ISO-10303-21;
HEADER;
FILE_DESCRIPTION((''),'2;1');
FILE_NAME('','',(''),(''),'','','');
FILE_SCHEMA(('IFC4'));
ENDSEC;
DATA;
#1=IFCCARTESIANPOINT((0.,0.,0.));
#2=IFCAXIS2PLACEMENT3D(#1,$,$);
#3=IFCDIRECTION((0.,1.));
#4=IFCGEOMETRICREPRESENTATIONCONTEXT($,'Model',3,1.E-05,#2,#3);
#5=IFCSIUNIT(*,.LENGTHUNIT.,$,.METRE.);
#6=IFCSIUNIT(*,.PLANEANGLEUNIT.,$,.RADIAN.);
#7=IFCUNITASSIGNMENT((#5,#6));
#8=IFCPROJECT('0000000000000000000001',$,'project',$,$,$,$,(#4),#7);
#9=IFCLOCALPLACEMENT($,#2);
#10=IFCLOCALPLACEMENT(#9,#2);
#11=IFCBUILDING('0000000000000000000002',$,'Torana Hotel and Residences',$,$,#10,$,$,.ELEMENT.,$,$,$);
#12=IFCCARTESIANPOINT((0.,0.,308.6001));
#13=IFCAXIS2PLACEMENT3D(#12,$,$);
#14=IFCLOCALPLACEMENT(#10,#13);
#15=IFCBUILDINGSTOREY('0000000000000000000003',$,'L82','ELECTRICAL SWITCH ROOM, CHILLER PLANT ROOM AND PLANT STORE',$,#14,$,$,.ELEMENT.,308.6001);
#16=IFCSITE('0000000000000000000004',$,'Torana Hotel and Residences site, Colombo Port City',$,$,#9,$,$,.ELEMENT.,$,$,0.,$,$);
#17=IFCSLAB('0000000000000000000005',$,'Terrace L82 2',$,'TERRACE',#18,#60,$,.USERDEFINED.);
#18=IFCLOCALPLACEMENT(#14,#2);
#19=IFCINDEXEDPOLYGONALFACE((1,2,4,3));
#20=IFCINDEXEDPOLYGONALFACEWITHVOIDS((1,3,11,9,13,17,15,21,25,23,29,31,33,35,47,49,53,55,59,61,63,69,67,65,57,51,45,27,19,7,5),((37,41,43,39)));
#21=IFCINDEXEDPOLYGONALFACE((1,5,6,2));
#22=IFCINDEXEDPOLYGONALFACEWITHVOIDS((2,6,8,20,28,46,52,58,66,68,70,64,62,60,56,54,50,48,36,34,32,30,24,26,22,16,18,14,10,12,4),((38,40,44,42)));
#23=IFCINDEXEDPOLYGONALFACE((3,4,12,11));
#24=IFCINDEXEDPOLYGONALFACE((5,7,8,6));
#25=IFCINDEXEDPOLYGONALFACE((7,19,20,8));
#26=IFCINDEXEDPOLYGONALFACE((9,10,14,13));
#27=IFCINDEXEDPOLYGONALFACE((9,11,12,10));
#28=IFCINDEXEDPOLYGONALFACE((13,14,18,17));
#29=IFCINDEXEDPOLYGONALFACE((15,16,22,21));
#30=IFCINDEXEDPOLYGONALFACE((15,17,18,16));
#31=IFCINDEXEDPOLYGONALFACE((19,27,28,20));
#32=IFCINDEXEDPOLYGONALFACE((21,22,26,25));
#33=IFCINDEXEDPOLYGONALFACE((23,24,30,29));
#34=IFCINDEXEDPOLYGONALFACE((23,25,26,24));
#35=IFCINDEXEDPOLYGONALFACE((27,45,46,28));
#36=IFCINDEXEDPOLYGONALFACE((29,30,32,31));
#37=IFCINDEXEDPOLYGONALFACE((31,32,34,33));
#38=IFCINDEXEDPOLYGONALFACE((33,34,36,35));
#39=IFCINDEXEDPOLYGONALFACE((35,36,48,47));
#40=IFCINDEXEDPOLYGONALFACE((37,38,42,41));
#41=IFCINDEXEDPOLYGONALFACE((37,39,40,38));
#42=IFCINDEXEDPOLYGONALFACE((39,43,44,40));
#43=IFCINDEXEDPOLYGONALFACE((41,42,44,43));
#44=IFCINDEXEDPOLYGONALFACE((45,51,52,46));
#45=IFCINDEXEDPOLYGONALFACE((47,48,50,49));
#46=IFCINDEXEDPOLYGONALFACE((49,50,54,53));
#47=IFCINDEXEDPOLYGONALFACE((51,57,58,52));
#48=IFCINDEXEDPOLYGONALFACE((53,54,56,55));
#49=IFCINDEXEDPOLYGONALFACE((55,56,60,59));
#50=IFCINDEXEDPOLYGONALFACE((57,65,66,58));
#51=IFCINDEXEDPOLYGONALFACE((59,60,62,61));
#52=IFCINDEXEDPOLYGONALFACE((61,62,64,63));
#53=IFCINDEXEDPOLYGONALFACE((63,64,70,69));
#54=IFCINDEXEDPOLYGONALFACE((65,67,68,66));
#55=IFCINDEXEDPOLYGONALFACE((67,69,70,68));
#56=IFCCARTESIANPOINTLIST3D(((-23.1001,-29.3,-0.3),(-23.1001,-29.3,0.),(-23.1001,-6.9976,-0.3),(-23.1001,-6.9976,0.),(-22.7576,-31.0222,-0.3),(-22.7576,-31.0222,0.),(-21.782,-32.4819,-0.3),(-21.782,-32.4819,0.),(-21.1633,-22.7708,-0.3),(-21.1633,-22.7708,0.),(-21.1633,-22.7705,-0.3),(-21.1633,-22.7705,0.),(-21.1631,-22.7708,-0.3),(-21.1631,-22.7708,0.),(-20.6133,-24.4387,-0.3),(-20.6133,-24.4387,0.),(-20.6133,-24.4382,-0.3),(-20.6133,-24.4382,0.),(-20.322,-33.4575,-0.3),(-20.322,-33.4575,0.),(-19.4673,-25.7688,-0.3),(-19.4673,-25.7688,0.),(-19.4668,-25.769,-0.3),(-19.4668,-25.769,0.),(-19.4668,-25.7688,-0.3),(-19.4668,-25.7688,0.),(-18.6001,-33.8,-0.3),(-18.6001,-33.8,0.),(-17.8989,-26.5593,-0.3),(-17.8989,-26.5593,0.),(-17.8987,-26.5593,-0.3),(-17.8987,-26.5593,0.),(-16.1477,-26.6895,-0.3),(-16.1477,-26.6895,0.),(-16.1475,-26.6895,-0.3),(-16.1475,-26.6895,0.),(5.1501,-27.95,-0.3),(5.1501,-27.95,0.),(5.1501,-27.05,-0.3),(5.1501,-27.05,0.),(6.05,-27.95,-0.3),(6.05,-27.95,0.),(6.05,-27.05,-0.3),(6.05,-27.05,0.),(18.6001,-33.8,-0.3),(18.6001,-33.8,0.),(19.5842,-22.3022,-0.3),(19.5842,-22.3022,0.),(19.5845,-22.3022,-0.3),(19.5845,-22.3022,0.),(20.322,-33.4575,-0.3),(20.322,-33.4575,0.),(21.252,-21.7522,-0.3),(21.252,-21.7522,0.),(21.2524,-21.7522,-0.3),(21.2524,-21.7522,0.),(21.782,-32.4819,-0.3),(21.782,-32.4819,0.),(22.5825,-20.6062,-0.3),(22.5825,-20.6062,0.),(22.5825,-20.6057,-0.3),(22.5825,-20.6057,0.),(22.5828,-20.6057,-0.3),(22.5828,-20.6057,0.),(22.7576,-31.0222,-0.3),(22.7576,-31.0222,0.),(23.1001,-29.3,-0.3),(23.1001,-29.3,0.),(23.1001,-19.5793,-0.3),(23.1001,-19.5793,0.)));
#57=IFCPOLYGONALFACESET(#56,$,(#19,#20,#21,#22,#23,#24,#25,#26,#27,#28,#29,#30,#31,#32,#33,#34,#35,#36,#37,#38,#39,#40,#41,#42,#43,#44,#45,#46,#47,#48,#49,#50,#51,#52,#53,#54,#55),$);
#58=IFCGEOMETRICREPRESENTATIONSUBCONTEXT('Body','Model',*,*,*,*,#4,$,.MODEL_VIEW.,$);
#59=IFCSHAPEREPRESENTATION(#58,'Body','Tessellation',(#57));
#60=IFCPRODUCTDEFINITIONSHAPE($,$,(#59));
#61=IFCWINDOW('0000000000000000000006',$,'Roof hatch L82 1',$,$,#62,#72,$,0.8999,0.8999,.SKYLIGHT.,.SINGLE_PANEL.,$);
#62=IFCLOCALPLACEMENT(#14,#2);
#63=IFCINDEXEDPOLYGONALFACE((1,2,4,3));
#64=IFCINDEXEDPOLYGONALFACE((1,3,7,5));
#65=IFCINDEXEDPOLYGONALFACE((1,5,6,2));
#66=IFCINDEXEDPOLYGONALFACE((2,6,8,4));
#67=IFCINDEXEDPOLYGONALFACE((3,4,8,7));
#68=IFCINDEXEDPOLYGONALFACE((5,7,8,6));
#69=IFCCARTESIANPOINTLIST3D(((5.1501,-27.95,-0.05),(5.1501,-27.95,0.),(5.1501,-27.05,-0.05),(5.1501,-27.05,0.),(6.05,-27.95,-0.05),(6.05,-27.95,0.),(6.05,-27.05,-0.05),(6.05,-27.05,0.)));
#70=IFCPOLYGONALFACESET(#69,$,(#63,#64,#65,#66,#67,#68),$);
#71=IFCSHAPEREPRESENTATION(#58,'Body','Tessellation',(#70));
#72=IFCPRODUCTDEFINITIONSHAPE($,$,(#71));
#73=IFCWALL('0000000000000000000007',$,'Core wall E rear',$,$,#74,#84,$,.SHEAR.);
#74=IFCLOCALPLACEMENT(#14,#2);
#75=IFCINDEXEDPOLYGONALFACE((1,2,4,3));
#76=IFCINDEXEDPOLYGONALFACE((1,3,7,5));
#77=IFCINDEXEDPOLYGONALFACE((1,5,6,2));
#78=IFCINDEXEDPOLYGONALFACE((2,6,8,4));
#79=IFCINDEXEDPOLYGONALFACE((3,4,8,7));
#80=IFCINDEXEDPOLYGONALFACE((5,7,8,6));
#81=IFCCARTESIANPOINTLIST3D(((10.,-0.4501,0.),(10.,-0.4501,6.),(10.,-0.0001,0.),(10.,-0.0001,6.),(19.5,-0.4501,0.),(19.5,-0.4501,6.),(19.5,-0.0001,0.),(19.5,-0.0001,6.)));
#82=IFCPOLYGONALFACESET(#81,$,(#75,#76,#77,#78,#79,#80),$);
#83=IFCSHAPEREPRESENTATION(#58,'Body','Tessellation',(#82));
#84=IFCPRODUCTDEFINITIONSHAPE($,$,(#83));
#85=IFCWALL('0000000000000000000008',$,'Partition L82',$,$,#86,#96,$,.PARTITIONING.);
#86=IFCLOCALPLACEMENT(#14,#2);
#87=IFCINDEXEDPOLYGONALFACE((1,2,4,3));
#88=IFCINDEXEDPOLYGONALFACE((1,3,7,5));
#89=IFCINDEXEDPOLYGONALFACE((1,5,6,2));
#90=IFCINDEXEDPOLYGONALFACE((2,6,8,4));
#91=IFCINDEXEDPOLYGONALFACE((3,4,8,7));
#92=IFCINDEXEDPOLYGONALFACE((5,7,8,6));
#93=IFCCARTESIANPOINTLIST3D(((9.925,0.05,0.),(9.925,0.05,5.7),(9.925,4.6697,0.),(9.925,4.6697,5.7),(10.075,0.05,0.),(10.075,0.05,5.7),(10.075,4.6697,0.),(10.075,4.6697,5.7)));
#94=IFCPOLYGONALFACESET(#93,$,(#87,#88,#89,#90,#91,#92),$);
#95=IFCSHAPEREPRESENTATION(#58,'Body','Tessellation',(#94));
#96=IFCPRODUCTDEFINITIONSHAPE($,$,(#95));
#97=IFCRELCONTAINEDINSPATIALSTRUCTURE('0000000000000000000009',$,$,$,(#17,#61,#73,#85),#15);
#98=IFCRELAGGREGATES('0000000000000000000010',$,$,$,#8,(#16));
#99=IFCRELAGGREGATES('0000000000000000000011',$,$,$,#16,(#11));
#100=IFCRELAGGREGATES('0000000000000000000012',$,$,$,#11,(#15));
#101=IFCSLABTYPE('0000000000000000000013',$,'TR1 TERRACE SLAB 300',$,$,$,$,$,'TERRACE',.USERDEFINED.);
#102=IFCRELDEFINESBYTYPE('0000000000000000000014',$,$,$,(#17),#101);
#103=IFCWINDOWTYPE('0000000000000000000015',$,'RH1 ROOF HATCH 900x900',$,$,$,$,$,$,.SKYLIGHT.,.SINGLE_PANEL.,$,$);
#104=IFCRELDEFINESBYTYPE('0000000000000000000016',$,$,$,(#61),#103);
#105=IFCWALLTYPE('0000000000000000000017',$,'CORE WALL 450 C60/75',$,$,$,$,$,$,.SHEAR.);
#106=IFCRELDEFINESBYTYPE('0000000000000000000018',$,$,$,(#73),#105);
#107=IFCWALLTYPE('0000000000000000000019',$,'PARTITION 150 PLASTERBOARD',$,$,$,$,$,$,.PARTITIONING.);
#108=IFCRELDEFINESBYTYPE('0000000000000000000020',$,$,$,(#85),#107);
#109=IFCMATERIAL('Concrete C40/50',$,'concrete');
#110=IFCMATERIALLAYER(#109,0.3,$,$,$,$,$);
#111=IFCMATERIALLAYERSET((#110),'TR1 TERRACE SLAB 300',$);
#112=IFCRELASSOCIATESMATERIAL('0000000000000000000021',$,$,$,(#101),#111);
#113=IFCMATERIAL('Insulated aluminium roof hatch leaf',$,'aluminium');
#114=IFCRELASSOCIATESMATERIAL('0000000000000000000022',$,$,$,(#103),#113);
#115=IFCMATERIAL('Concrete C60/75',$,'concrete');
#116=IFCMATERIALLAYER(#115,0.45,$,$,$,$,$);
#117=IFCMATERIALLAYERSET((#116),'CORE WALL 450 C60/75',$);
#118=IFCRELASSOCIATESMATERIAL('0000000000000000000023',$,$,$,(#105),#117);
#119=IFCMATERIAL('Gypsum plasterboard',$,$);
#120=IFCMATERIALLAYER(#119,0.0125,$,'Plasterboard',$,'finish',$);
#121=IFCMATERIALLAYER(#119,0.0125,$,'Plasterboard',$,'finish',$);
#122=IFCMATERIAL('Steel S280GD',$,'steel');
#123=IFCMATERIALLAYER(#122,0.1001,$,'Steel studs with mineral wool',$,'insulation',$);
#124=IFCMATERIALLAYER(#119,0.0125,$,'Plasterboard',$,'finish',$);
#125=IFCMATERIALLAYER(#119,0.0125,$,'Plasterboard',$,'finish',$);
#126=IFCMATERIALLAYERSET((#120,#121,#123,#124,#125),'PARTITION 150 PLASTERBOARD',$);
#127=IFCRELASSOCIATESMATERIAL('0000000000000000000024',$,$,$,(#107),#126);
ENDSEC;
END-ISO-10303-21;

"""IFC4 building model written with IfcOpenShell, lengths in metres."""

from ifc_helpers import new_model, si_unit, direction, frame, frame_2d, origin, origin_2d, place, context, subcontext, project, spatial, polyline, rectangle, outline, extrude, material, layer, layer_set, type_object, element, fill, save


model = new_model("IFC4")

# Units and contexts
model_context = context("Model", 3, precision=1e-05, world=origin(), true_north=direction((0.0, 1.0)))
body_context = subcontext(model_context, "Body", "Model", "MODEL_VIEW")
ifc_project = project(units=[si_unit("LENGTHUNIT", "METRE"), si_unit("PLANEANGLEUNIT", "RADIAN")], contexts=[model_context])

# Site, building, storey
site_placement = place(None, origin())
site = spatial("IfcSite", under=ifc_project, at=site_placement, Name="Torana Hotel and Residences site, Colombo Port City", CompositionType="ELEMENT", RefElevation=0.0)
building_placement = place(site_placement, origin())
building = spatial("IfcBuilding", under=site, at=building_placement, Name="Torana Hotel and Residences", CompositionType="ELEMENT")
storey_placement = place(building_placement, frame((0.0, 0.0, 308.6001)))
storey = spatial("IfcBuildingStorey", under=building, at=storey_placement, Name="L82", Description="ELECTRICAL SWITCH ROOM, CHILLER PLANT ROOM AND PLANT STORE", CompositionType="ELEMENT", Elevation=308.6001)

# Shared definitions
ifc_material_1 = material(Name="Concrete C40/50", Category="concrete")
ifc_layer_1 = layer(ifc_material_1, 0.3)
ifc_layer_set_1 = layer_set([ifc_layer_1], Name="TR1 TERRACE SLAB 300")
slab_type_1 = type_object("IfcSlabType", Name="TR1 TERRACE SLAB 300", ElementType="TERRACE", PredefinedType="USERDEFINED", material=ifc_layer_set_1)

# Slab, opening, window
slab_1_placement = place(storey_placement, frame((0.0, 0.0, -0.3)))
slab_1 = element("IfcSlab", 1, at=slab_1_placement, inside=storey, type_object=slab_type_1, Name="Terrace L82 2", ObjectType="TERRACE", PredefinedType="USERDEFINED", context=body_context, shape_type="SweptSolid", body=[
    extrude(outline(polyline([(23.1001, -29.3), (22.7576, -31.0222), (21.782, -32.4819), (20.322, -33.4575), (18.6001, -33.8), (-18.6001, -33.8), (-20.322, -33.4575), (-21.782, -32.4819), (-22.7576, -31.0222), (-23.1001, -29.3), (-23.1001, -6.9976), (-21.1633, -22.7705), (-21.1633, -22.7708), (-21.1631, -22.7708), (-20.6133, -24.4382), (-20.6133, -24.4385), (-20.6133, -24.4385), (-20.6133, -24.4387), (-20.6133, -24.4387), (-19.4673, -25.7688), (-19.467, -25.7688), (-19.467, -25.7688), (-19.4668, -25.7688), (-19.4668, -25.769), (-17.8989, -26.5593), (-17.8989, -26.5593), (-17.8987, -26.5593), (-17.8987, -26.5593), (-17.8987, -26.5593), (-16.1477, -26.6895), (-16.1475, -26.6895), (-16.1475, -26.6895), (19.5842, -22.3022), (19.5845, -22.3022), (19.5845, -22.3022), (21.252, -21.7522), (21.2522, -21.7522), (21.2522, -21.7522), (21.2522, -21.7522), (21.2524, -21.7522), (22.5825, -20.6062), (22.5825, -20.606), (22.5825, -20.606), (22.5825, -20.6057), (22.5828, -20.6057), (23.1001, -19.5793), (23.1001, -29.3)])), origin(), (0.0, 0.0, 1.0), 0.3),
])
opening_placement = place(slab_1_placement, frame((5.6001, -27.5, 0.0)))
opening = element("IfcOpeningElement", 2, at=opening_placement, cuts=slab_1, PredefinedType="OPENING", context=body_context, shape_type="SweptSolid", body=[
    extrude(rectangle(XDim=0.8999, YDim=0.8999, at=origin_2d()), origin(), (0.0, 0.0, 1.0), 0.3),
])
ifc_material_2 = material(Name="Insulated aluminium roof hatch leaf", Category="aluminium")
window_type = type_object("IfcWindowType", Name="RH1 ROOF HATCH 900x900", PartitioningType="SINGLE_PANEL", PredefinedType="SKYLIGHT", material=ifc_material_2)
window_placement = place(opening_placement, frame((0.0, 0.0, 0.25)))
window = element("IfcWindow", 3, at=window_placement, inside=storey, type_object=window_type, Name="Roof hatch L82 1", OverallHeight=0.8999, OverallWidth=0.8999, PartitioningType="SINGLE_PANEL", PredefinedType="SKYLIGHT", context=body_context, shape_type="SweptSolid", body=[
    extrude(rectangle(XDim=0.8999, YDim=0.8999, at=origin_2d()), origin(), (0.0, 0.0, 1.0), 0.05),
])
fill(opening, window)

# Walls
ifc_material_3 = material(Name="Concrete C60/75", Category="concrete")
ifc_layer_2 = layer(ifc_material_3, 0.45)
ifc_layer_set_2 = layer_set([ifc_layer_2], Name="CORE WALL 450 C60/75")
wall_type_1 = type_object("IfcWallType", Name="CORE WALL 450 C60/75", PredefinedType="SHEAR", material=ifc_layer_set_2)
wall_1_placement = place(storey_placement, frame((10.0, -0.2251, 0.0), z_axis=(0.0, 0.0, 1.0), x_axis=(1.0, 0.0, 0.0)))
element("IfcWall", 4, at=wall_1_placement, inside=storey, type_object=wall_type_1, Name="Core wall E rear", PredefinedType="SHEAR", context=body_context, shape_type="SweptSolid", body=[
    extrude(rectangle(XDim=9.5, YDim=0.45, at=frame_2d((4.75, 0.0))), origin(), (0.0, 0.0, 1.0), 6.0),
])
ifc_material_4 = material(Name="Gypsum plasterboard")
ifc_layer_3 = layer(ifc_material_4, 0.0125, Name="Plasterboard", Category="finish")
ifc_layer_4 = layer(ifc_material_4, 0.0125, Name="Plasterboard", Category="finish")
ifc_material_5 = material(Name="Steel S280GD", Category="steel")
ifc_layer_5 = layer(ifc_material_5, 0.1001, Name="Steel studs with mineral wool", Category="insulation")
ifc_layer_6 = layer(ifc_material_4, 0.0125, Name="Plasterboard", Category="finish")
ifc_layer_7 = layer(ifc_material_4, 0.0125, Name="Plasterboard", Category="finish")
ifc_layer_set_3 = layer_set([ifc_layer_3, ifc_layer_4, ifc_layer_5, ifc_layer_6, ifc_layer_7], Name="PARTITION 150 PLASTERBOARD")
wall_type_2 = type_object("IfcWallType", Name="PARTITION 150 PLASTERBOARD", PredefinedType="PARTITIONING", material=ifc_layer_set_3)
wall_2_placement = place(storey_placement, frame((10.0, 0.05, 0.0), z_axis=(0.0, 0.0, 1.0), x_axis=(0.0, 1.0, 0.0)))
element("IfcWall", 5, at=wall_2_placement, inside=storey, type_object=wall_type_2, Name="Partition L82", PredefinedType="PARTITIONING", context=body_context, shape_type="SweptSolid", body=[
    extrude(rectangle(XDim=4.6196, YDim=0.1499, at=frame_2d((2.3098, 0.0))), origin(), (0.0, 0.0, 1.0), 5.7),
])

save(model, "model.ifc")
